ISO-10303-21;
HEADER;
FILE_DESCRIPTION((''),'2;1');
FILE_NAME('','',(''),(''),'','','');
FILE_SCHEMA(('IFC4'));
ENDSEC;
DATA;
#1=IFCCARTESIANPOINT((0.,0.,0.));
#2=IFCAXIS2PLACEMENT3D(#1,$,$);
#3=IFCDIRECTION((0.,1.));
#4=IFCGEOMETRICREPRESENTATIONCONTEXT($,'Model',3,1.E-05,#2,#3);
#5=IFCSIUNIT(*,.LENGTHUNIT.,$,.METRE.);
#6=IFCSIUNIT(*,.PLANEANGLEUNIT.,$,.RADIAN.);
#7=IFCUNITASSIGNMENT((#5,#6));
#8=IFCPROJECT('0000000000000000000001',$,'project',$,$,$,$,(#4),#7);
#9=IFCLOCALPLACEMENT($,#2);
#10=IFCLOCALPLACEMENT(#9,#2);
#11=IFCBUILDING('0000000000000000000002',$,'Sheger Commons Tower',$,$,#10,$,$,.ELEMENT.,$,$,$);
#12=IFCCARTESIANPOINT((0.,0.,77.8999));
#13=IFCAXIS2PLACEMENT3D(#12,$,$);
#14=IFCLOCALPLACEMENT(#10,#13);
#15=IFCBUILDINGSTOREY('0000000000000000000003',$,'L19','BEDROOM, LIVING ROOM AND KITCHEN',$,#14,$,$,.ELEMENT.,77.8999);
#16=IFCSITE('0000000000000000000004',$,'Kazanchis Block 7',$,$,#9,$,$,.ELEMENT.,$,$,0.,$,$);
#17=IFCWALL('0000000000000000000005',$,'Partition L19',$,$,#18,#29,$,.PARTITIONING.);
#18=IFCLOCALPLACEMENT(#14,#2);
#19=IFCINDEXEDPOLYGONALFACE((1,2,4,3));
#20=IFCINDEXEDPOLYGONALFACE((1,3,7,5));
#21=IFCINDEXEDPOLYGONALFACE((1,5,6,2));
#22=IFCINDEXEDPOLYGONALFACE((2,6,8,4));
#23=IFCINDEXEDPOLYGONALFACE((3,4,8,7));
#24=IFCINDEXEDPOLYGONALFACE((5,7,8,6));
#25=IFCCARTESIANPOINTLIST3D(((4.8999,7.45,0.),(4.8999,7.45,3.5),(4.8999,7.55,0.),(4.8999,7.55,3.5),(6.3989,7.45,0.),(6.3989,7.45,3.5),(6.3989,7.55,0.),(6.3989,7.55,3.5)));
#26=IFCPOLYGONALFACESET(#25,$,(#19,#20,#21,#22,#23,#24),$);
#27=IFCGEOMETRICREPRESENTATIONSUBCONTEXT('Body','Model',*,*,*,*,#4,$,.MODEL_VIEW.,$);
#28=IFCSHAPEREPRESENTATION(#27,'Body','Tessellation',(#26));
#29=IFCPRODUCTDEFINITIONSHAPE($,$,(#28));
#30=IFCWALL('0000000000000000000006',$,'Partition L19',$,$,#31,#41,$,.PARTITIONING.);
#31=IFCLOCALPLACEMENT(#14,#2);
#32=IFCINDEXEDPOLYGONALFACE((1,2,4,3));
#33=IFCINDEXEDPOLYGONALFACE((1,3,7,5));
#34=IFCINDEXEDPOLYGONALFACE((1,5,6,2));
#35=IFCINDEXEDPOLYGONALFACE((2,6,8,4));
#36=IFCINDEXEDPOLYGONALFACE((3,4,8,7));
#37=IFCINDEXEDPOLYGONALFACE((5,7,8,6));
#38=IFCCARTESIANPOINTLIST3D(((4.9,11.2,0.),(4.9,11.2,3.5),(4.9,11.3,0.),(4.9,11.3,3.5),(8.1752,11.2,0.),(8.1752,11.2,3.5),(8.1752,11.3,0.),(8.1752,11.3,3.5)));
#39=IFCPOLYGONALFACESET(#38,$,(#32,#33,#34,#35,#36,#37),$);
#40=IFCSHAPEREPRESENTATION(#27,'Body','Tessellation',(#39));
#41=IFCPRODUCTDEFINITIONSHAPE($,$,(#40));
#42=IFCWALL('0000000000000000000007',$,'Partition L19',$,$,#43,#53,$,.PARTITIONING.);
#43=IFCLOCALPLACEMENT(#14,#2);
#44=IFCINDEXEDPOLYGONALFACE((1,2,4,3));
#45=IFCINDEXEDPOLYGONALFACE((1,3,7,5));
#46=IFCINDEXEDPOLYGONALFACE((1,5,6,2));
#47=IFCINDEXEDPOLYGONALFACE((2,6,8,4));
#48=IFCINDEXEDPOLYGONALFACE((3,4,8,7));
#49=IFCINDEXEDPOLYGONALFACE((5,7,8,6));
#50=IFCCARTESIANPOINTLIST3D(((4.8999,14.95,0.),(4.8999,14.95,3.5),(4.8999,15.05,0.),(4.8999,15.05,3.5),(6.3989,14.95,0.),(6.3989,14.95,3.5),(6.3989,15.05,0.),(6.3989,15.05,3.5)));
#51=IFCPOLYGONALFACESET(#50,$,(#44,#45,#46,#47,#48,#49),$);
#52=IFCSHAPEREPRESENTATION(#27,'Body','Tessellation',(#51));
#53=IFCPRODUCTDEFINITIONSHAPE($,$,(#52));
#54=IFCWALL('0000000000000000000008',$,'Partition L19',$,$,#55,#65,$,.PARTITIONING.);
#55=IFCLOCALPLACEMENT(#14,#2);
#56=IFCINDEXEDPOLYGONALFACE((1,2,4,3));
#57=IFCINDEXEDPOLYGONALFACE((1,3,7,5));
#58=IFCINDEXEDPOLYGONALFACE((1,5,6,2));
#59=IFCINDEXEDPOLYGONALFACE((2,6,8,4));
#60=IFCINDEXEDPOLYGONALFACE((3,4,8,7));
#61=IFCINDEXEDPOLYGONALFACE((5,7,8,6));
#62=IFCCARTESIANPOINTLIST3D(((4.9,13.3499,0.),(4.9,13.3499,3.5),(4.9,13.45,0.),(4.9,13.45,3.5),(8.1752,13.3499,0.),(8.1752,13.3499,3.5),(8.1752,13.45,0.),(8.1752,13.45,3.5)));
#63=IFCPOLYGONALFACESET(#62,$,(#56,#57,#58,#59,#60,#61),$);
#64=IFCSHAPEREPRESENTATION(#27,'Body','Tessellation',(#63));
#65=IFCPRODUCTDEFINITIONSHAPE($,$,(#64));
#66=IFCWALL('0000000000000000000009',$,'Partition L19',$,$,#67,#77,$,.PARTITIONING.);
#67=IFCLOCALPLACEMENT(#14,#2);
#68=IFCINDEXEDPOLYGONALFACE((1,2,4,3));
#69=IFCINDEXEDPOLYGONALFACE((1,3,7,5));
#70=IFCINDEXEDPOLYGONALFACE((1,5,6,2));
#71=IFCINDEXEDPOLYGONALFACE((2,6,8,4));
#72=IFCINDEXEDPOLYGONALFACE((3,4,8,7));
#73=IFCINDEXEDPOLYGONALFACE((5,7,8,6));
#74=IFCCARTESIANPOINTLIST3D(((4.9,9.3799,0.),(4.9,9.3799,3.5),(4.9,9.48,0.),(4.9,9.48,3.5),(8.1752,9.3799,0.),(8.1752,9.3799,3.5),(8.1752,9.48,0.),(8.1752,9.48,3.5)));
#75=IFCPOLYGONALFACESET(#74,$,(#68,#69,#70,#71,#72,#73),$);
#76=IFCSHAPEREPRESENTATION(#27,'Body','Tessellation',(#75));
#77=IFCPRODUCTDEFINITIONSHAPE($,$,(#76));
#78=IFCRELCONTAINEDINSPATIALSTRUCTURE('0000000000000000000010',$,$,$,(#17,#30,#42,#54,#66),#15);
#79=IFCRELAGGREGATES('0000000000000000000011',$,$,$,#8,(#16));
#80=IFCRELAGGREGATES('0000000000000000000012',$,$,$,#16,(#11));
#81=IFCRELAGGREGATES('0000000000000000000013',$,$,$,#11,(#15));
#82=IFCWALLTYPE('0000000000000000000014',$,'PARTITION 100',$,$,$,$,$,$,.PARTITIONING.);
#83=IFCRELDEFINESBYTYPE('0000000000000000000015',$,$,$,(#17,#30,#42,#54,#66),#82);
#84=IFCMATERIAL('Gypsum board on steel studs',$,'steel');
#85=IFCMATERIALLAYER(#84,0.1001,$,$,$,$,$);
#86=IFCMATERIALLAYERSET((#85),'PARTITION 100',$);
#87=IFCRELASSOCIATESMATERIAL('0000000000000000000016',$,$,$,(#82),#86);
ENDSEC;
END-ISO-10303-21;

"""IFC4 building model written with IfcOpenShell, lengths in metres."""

from ifc_helpers import new_model, si_unit, direction, frame, frame_2d, origin, place, context, subcontext, project, spatial, rectangle, extrude, material, layer, layer_set, type_object, element, save


model = new_model("IFC4")

# Units and contexts
model_context = context("Model", 3, precision=1e-05, world=origin(), true_north=direction((0.0, 1.0)))
body_context = subcontext(model_context, "Body", "Model", "MODEL_VIEW")
ifc_project = project(units=[si_unit("LENGTHUNIT", "METRE"), si_unit("PLANEANGLEUNIT", "RADIAN")], contexts=[model_context])

# Site, building, storey
site_placement = place(None, origin())
site = spatial("IfcSite", under=ifc_project, at=site_placement, Name="Kazanchis Block 7", CompositionType="ELEMENT", RefElevation=0.0)
building_placement = place(site_placement, origin())
building = spatial("IfcBuilding", under=site, at=building_placement, Name="Sheger Commons Tower", CompositionType="ELEMENT")
storey_placement = place(building_placement, frame((0.0, 0.0, 77.8999)))
storey = spatial("IfcBuildingStorey", under=building, at=storey_placement, Name="L19", Description="BEDROOM, LIVING ROOM AND KITCHEN", CompositionType="ELEMENT", Elevation=77.8999)

# Shared definitions
ifc_material_1 = material(Name="Gypsum board on steel studs", Category="steel")
ifc_layer = layer(ifc_material_1, 0.1001)
ifc_layer_set = layer_set([ifc_layer], Name="PARTITION 100")
wall_type = type_object("IfcWallType", Name="PARTITION 100", PredefinedType="PARTITIONING", material=ifc_layer_set)

# Walls
wall_1_placement = place(storey_placement, frame((4.8999, 7.5, 0.0), z_axis=(0.0, 0.0, 1.0), x_axis=(1.0, 0.0, 0.0)))
element("IfcWall", 1, at=wall_1_placement, inside=storey, type_object=wall_type, Name="Partition L19", PredefinedType="PARTITIONING", context=body_context, shape_type="SweptSolid", body=[
    extrude(rectangle(XDim=1.499, YDim=0.1001, at=frame_2d((0.7495, 0.0))), origin(), (0.0, 0.0, 1.0), 3.5),
])
wall_2_placement = place(storey_placement, frame((4.8999, 11.25, 0.0), z_axis=(0.0, 0.0, 1.0), x_axis=(1.0, 0.0, 0.0)))
element("IfcWall", 2, at=wall_2_placement, inside=storey, type_object=wall_type, Name="Partition L19", PredefinedType="PARTITIONING", context=body_context, shape_type="SweptSolid", body=[
    extrude(rectangle(XDim=3.2751, YDim=0.1001, at=frame_2d((1.6377, 0.0))), origin(), (0.0, 0.0, 1.0), 3.5),
])
wall_3_placement = place(storey_placement, frame((4.8999, 15.0, 0.0), z_axis=(0.0, 0.0, 1.0), x_axis=(1.0, 0.0, 0.0)))
element("IfcWall", 3, at=wall_3_placement, inside=storey, type_object=wall_type, Name="Partition L19", PredefinedType="PARTITIONING", context=body_context, shape_type="SweptSolid", body=[
    extrude(rectangle(XDim=1.499, YDim=0.1001, at=frame_2d((0.7495, 0.0))), origin(), (0.0, 0.0, 1.0), 3.5),
])
for number, where, z_axis, x_axis, name in (
    (4, (4.8999, 13.3999, 0.0), (0.0, 0.0, 1.0), (1.0, 0.0, 0.0), "Partition L19"),
    (5, (4.8999, 9.4299, 0.0), (0.0, 0.0, 1.0), (1.0, 0.0, 0.0), "Partition L19"),
):
    element("IfcWall", number, at=place(storey_placement, frame(where, z_axis=z_axis, x_axis=x_axis)), inside=storey, type_object=wall_type, Name=name, PredefinedType="PARTITIONING", context=body_context, shape_type="SweptSolid", body=[
        extrude(rectangle(XDim=3.2751, YDim=0.1001, at=frame_2d((1.6377, 0.0))), origin(), (0.0, 0.0, 1.0), 3.5),
    ])

save(model, "model.ifc")
